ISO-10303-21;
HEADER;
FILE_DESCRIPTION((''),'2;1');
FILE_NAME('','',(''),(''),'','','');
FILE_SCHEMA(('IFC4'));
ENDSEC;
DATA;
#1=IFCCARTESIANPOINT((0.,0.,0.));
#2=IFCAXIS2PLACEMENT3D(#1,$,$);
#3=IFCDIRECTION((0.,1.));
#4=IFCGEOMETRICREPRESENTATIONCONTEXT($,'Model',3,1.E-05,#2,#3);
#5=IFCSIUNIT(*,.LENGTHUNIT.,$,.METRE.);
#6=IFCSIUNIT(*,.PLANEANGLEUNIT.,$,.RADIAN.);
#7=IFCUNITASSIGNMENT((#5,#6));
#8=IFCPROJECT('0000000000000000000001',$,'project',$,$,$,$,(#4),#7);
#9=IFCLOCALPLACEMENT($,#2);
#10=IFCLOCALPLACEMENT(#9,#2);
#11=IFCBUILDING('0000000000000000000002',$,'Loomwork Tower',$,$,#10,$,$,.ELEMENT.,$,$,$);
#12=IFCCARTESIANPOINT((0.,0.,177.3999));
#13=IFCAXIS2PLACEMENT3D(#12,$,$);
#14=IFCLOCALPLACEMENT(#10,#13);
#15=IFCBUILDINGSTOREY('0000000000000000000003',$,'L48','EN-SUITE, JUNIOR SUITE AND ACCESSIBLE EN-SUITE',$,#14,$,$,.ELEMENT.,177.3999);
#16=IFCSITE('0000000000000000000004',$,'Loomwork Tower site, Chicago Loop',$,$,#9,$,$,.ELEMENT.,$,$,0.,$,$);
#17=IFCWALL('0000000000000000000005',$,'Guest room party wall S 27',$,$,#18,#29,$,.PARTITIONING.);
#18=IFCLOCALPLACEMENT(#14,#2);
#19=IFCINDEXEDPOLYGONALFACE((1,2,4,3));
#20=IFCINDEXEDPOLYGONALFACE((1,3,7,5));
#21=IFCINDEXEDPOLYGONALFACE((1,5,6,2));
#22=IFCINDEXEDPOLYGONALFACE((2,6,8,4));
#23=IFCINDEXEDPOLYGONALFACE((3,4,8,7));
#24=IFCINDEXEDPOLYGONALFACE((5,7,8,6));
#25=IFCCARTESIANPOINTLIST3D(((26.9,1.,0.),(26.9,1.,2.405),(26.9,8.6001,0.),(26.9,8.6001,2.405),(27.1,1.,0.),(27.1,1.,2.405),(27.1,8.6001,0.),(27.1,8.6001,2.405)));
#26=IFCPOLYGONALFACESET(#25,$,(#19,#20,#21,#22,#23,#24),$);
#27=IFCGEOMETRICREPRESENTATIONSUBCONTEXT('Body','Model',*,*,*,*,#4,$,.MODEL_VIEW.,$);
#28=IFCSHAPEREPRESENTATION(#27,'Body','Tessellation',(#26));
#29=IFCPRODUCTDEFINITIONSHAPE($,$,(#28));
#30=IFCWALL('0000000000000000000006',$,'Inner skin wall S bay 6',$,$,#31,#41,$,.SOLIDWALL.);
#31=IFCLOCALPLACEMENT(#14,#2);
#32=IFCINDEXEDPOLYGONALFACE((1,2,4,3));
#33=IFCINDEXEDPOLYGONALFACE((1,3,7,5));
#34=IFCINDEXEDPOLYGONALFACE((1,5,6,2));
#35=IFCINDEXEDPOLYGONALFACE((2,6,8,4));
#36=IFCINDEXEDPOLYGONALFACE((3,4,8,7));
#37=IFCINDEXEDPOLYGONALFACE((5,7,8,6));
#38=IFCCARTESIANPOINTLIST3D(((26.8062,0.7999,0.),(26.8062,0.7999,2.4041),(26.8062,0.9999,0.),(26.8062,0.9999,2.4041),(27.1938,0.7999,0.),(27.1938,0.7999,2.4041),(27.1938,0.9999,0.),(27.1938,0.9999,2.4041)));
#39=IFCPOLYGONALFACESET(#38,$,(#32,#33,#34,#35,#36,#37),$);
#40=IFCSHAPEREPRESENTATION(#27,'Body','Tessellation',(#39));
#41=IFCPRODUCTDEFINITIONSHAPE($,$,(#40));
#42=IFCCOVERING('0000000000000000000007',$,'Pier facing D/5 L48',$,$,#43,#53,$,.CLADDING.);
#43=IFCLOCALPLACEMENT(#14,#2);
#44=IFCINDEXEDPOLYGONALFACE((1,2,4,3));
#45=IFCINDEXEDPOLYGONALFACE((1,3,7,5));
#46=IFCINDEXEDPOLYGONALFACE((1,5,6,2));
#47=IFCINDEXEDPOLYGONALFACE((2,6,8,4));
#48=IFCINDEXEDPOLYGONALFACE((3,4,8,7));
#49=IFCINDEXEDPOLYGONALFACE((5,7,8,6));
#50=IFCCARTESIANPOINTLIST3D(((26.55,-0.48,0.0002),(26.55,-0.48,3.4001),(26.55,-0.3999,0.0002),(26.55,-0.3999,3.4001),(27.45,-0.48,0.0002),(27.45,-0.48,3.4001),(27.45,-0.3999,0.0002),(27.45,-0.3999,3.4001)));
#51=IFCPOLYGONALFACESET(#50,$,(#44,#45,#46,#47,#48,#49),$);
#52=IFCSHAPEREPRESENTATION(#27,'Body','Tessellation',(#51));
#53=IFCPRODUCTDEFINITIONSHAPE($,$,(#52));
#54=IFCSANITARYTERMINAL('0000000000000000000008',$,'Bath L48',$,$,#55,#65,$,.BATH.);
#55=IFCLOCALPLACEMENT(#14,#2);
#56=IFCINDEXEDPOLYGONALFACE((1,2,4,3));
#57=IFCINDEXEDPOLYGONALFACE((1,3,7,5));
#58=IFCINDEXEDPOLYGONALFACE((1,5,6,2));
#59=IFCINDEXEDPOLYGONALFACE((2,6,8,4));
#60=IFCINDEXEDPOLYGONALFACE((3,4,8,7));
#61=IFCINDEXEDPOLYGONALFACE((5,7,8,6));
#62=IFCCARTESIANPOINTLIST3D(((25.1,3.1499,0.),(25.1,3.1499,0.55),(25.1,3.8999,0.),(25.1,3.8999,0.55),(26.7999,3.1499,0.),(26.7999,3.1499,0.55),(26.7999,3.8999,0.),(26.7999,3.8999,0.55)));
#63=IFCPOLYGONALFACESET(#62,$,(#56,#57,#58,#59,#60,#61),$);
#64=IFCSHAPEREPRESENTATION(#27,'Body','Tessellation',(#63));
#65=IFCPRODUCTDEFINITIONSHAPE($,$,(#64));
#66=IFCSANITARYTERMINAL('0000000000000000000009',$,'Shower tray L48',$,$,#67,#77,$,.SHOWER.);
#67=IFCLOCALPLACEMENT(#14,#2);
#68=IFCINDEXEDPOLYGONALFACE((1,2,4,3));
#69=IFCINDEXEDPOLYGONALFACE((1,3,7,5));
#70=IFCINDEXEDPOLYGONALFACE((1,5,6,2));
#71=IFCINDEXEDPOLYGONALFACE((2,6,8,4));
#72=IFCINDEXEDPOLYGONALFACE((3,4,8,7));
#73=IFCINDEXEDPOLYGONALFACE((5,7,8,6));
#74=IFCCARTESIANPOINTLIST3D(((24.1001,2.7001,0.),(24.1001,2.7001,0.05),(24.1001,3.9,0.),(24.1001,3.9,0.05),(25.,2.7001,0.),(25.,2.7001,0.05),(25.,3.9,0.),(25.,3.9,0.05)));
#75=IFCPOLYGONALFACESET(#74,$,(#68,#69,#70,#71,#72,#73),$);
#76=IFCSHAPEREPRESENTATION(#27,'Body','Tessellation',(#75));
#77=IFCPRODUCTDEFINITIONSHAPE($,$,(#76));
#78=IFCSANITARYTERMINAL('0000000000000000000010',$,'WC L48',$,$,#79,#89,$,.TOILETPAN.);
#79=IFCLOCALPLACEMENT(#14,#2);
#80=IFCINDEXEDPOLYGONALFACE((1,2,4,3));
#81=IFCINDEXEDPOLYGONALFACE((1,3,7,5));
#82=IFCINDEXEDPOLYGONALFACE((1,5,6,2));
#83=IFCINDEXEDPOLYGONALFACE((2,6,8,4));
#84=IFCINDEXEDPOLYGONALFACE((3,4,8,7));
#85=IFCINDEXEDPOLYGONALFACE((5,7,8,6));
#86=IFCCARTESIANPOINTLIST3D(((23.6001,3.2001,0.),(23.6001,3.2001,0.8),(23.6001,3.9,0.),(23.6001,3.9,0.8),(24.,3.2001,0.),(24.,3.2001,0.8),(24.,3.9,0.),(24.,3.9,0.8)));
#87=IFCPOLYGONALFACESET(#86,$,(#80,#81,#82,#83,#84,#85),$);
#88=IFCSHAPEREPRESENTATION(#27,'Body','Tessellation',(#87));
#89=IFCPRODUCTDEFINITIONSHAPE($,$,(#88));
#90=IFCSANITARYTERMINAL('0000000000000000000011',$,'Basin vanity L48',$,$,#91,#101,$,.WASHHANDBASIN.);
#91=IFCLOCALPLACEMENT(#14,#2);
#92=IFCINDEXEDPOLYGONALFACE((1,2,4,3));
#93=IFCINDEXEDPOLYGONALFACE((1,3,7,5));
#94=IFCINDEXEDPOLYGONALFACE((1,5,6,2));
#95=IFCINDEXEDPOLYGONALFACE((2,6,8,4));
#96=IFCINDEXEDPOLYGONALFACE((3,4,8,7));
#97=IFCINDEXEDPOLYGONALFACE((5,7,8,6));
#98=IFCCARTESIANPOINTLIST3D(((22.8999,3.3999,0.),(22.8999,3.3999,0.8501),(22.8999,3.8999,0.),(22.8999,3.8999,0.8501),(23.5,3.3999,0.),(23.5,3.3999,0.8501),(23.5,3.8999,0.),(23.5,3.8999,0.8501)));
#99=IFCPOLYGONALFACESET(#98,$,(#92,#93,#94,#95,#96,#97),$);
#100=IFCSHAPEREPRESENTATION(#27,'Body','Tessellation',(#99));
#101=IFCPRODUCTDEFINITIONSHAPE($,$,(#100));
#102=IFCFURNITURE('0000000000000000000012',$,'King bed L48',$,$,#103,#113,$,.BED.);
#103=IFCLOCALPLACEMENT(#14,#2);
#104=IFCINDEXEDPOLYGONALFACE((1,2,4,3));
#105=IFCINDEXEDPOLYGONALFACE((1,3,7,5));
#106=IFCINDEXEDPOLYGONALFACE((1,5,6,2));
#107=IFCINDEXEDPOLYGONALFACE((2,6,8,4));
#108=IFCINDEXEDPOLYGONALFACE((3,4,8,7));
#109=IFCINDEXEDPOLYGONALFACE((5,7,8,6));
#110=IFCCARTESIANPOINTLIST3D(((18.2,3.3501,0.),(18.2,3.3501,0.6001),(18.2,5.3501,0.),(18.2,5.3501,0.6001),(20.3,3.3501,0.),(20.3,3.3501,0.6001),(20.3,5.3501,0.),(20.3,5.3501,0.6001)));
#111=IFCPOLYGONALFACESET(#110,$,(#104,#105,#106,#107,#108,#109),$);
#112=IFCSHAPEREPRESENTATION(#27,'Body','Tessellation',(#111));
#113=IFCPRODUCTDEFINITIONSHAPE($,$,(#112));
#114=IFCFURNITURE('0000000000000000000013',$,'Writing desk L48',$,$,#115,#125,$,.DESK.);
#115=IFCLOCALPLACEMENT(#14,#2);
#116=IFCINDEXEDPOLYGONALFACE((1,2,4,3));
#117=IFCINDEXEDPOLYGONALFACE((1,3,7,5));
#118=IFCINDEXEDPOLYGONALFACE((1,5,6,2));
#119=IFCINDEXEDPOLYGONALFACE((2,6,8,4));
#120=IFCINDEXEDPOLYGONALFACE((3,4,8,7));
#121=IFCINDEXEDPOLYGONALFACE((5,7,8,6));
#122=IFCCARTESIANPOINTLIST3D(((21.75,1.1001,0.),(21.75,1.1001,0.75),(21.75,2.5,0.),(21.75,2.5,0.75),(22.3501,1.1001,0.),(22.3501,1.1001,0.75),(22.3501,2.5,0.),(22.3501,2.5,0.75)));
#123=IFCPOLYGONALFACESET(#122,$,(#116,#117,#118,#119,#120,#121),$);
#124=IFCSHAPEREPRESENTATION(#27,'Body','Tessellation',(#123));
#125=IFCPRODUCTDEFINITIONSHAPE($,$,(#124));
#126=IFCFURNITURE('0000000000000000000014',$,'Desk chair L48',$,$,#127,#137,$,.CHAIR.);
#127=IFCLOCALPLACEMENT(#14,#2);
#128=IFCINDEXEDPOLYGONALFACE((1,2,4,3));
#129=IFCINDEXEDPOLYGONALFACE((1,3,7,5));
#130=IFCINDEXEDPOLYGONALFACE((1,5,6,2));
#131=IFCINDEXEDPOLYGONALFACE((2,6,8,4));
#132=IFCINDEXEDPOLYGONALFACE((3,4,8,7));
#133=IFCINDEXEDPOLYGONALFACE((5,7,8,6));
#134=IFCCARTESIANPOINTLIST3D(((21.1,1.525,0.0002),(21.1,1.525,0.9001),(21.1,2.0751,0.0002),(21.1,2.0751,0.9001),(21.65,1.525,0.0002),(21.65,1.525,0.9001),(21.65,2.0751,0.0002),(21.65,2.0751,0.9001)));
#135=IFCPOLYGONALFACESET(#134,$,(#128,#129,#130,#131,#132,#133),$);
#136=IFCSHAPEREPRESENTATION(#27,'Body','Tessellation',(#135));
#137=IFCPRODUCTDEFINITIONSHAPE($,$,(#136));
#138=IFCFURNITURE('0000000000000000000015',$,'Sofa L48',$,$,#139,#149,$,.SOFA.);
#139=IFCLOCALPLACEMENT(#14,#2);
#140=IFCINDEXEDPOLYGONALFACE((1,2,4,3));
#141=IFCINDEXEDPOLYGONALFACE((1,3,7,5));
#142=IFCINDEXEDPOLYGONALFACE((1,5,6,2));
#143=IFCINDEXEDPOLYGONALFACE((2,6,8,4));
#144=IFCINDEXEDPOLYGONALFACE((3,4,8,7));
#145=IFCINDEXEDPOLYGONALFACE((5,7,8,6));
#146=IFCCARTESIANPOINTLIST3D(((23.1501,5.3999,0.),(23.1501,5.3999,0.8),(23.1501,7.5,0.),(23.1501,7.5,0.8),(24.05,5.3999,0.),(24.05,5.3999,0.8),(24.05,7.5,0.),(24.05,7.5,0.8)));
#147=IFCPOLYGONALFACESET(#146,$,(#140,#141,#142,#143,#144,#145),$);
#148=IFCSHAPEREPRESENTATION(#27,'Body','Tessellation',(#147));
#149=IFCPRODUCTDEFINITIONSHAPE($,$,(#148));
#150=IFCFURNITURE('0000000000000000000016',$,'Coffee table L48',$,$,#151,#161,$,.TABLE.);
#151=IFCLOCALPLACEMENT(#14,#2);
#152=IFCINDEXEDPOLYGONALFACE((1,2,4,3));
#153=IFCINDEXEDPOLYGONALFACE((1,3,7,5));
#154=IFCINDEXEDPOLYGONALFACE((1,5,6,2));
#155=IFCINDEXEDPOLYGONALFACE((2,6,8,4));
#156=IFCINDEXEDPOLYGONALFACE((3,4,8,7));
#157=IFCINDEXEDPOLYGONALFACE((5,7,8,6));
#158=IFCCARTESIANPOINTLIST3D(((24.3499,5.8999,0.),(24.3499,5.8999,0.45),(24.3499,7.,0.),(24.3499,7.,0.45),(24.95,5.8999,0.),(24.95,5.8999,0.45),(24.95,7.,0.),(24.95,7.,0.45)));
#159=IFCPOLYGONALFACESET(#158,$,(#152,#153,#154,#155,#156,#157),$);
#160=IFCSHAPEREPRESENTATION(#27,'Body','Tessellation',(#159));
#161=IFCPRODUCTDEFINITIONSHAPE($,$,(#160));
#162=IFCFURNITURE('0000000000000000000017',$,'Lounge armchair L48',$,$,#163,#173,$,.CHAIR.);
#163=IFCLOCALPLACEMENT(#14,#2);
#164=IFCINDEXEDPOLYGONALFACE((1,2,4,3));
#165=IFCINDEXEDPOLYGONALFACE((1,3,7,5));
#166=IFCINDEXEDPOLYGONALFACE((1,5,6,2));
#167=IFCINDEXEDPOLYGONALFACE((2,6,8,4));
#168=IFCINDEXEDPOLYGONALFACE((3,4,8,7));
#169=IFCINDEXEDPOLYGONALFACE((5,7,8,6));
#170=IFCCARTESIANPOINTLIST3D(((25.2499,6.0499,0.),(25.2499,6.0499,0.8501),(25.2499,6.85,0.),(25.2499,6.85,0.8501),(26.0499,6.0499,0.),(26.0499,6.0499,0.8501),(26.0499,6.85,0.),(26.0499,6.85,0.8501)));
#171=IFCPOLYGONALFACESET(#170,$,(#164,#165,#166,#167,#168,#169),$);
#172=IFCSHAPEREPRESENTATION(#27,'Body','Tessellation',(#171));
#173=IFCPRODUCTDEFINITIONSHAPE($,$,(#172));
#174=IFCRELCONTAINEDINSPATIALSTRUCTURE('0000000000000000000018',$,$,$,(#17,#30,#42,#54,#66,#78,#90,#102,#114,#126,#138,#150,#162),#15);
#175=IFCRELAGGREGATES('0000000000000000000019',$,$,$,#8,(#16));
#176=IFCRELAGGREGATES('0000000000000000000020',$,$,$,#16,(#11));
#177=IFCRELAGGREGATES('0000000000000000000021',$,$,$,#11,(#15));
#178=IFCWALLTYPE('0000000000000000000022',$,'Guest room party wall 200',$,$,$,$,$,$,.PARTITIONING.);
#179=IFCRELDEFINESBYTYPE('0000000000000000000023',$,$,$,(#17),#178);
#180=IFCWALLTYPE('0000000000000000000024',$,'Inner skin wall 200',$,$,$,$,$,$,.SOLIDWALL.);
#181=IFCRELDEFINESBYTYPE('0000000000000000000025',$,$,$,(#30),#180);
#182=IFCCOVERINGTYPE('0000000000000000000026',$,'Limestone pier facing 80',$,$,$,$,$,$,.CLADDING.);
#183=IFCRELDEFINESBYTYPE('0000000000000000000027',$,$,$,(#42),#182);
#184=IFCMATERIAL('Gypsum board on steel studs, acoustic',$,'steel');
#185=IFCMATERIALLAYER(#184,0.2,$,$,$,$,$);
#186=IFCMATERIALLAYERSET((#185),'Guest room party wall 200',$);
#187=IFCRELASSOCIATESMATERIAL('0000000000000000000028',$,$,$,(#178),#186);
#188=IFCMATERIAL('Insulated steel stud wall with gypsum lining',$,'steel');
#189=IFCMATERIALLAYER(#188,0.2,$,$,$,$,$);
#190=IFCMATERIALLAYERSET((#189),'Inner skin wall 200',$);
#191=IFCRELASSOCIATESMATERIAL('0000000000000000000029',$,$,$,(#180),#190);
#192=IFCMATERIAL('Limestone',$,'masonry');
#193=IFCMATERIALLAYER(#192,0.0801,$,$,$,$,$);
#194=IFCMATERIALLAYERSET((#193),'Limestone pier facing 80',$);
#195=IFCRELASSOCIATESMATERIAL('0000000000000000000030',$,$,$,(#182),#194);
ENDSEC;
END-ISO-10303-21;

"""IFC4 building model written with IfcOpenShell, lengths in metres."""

from ifc_helpers import new_model, si_unit, direction, frame, frame_2d, origin, origin_2d, place, context, subcontext, project, spatial, rectangle, extrude, material, layer, layer_set, type_object, element, save


model = new_model("IFC4")

# Units and contexts
model_context = context("Model", 3, precision=1e-05, world=origin(), true_north=direction((0.0, 1.0)))
body_context = subcontext(model_context, "Body", "Model", "MODEL_VIEW")
ifc_project = project(units=[si_unit("LENGTHUNIT", "METRE"), si_unit("PLANEANGLEUNIT", "RADIAN")], contexts=[model_context])

# Site, building, storey
site_placement = place(None, origin())
site = spatial("IfcSite", under=ifc_project, at=site_placement, Name="Loomwork Tower site, Chicago Loop", CompositionType="ELEMENT", RefElevation=0.0)
building_placement = place(site_placement, origin())
building = spatial("IfcBuilding", under=site, at=building_placement, Name="Loomwork Tower", CompositionType="ELEMENT")
storey_placement = place(building_placement, frame((0.0, 0.0, 177.3999)))
storey = spatial("IfcBuildingStorey", under=building, at=storey_placement, Name="L48", Description="EN-SUITE, JUNIOR SUITE AND ACCESSIBLE EN-SUITE", CompositionType="ELEMENT", Elevation=177.3999)

# Walls
ifc_material_1 = material(Name="Gypsum board on steel studs, acoustic", Category="steel")
ifc_layer_1 = layer(ifc_material_1, 0.2)
ifc_layer_set_1 = layer_set([ifc_layer_1], Name="Guest room party wall 200")
wall_type_1 = type_object("IfcWallType", Name="Guest room party wall 200", PredefinedType="PARTITIONING", material=ifc_layer_set_1)
wall_1_placement = place(storey_placement, frame((27.0, 8.6001, 0.0), z_axis=(0.0, 0.0, 1.0), x_axis=(0.0, -1.0, 0.0)))
element("IfcWall", 1, at=wall_1_placement, inside=storey, type_object=wall_type_1, Name="Guest room party wall S 27", PredefinedType="PARTITIONING", context=body_context, shape_type="SweptSolid", body=[
    extrude(rectangle(XDim=7.6001, YDim=0.2, at=frame_2d((3.8, 0.0))), origin(), (0.0, 0.0, 1.0), 2.405),
])
ifc_material_2 = material(Name="Insulated steel stud wall with gypsum lining", Category="steel")
ifc_layer_2 = layer(ifc_material_2, 0.2)
ifc_layer_set_2 = layer_set([ifc_layer_2], Name="Inner skin wall 200")
wall_type_2 = type_object("IfcWallType", Name="Inner skin wall 200", PredefinedType="SOLIDWALL", material=ifc_layer_set_2)
wall_2_placement = place(storey_placement, frame((26.8062, 0.8999, 0.0), z_axis=(0.0, 0.0, 1.0), x_axis=(1.0, 0.0, 0.0)))
element("IfcWall", 2, at=wall_2_placement, inside=storey, type_object=wall_type_2, Name="Inner skin wall S bay 6", PredefinedType="SOLIDWALL", context=body_context, shape_type="SweptSolid", body=[
    extrude(rectangle(XDim=0.3877, YDim=0.2, at=frame_2d((0.1938, 0.0))), origin(), (0.0, 0.0, 1.0), 2.4041),
])

# Covering
ifc_material_3 = material(Name="Limestone", Category="masonry")
ifc_layer_3 = layer(ifc_material_3, 0.0801)
ifc_layer_set_3 = layer_set([ifc_layer_3], Name="Limestone pier facing 80")
covering_type = type_object("IfcCoveringType", Name="Limestone pier facing 80", PredefinedType="CLADDING", material=ifc_layer_set_3)
covering_placement = place(storey_placement, frame((27.0, -0.4399, 0.0002), z_axis=(0.0, 0.0, 1.0), x_axis=(1.0, 0.0, 0.0)))
element("IfcCovering", 3, at=covering_placement, inside=storey, type_object=covering_type, Name="Pier facing D/5 L48", PredefinedType="CLADDING", context=body_context, shape_type="SweptSolid", body=[
    extrude(rectangle(XDim=0.8999, YDim=0.0801, at=origin_2d()), origin(), (0.0, 0.0, 1.0), 3.3999),
])

# Sanitary terminals
sanitary_terminal_1_placement = place(storey_placement, frame((25.95, 3.5249, 0.0), z_axis=(0.0, 0.0, 1.0), x_axis=(1.0, 0.0, 0.0)))
element("IfcSanitaryTerminal", 4, at=sanitary_terminal_1_placement, inside=storey, Name="Bath L48", PredefinedType="BATH", context=body_context, shape_type="SweptSolid", body=[
    extrude(rectangle(XDim=1.7, YDim=0.75, at=origin_2d()), origin(), (0.0, 0.0, 1.0), 0.55),
])
sanitary_terminal_2_placement = place(storey_placement, frame((24.55, 3.3, 0.0), z_axis=(0.0, 0.0, 1.0), x_axis=(1.0, 0.0, 0.0)))
element("IfcSanitaryTerminal", 5, at=sanitary_terminal_2_placement, inside=storey, Name="Shower tray L48", PredefinedType="SHOWER", context=body_context, shape_type="SweptSolid", body=[
    extrude(rectangle(XDim=0.8999, YDim=1.2, at=origin_2d()), origin(), (0.0, 0.0, 1.0), 0.05),
])
sanitary_terminal_3_placement = place(storey_placement, frame((23.8, 3.55, 0.0), z_axis=(0.0, 0.0, 1.0), x_axis=(1.0, 0.0, 0.0)))
element("IfcSanitaryTerminal", 6, at=sanitary_terminal_3_placement, inside=storey, Name="WC L48", PredefinedType="TOILETPAN", context=body_context, shape_type="SweptSolid", body=[
    extrude(rectangle(XDim=0.3999, YDim=0.7, at=origin_2d()), origin(), (0.0, 0.0, 1.0), 0.8),
])
sanitary_terminal_4_placement = place(storey_placement, frame((23.2, 3.6499, 0.0), z_axis=(0.0, 0.0, 1.0), x_axis=(1.0, 0.0, 0.0)))
element("IfcSanitaryTerminal", 7, at=sanitary_terminal_4_placement, inside=storey, Name="Basin vanity L48", PredefinedType="WASHHANDBASIN", context=body_context, shape_type="SweptSolid", body=[
    extrude(rectangle(XDim=0.6001, YDim=0.5, at=origin_2d()), origin(), (0.0, 0.0, 1.0), 0.8501),
])

# Furniture
furniture_1_placement = place(storey_placement, frame((19.25, 4.3501, 0.0), z_axis=(0.0, 0.0, 1.0), x_axis=(1.0, 0.0, 0.0)))
element("IfcFurniture", 8, at=furniture_1_placement, inside=storey, Name="King bed L48", PredefinedType="BED", context=body_context, shape_type="SweptSolid", body=[
    extrude(rectangle(XDim=2.1001, YDim=2.0, at=origin_2d()), origin(), (0.0, 0.0, 1.0), 0.6001),
])
furniture_2_placement = place(storey_placement, frame((22.05, 1.8, 0.0), z_axis=(0.0, 0.0, 1.0), x_axis=(1.0, 0.0, 0.0)))
element("IfcFurniture", 9, at=furniture_2_placement, inside=storey, Name="Writing desk L48", PredefinedType="DESK", context=body_context, shape_type="SweptSolid", body=[
    extrude(rectangle(XDim=0.6001, YDim=1.3999, at=origin_2d()), origin(), (0.0, 0.0, 1.0), 0.75),
])
furniture_3_placement = place(storey_placement, frame((21.375, 1.8, 0.0002), z_axis=(0.0, 0.0, 1.0), x_axis=(1.0, 0.0, 0.0)))
element("IfcFurniture", 10, at=furniture_3_placement, inside=storey, Name="Desk chair L48", PredefinedType="CHAIR", context=body_context, shape_type="SweptSolid", body=[
    extrude(rectangle(XDim=0.55, YDim=0.55, at=origin_2d()), origin(), (0.0, 0.0, 1.0), 0.8999),
])
furniture_4_placement = place(storey_placement, frame((23.6001, 6.45, 0.0), z_axis=(0.0, 0.0, 1.0), x_axis=(1.0, 0.0, 0.0)))
element("IfcFurniture", 11, at=furniture_4_placement, inside=storey, Name="Sofa L48", PredefinedType="SOFA", context=body_context, shape_type="SweptSolid", body=[
    extrude(rectangle(XDim=0.8999, YDim=2.1001, at=origin_2d()), origin(), (0.0, 0.0, 1.0), 0.8),
])
furniture_5_placement = place(storey_placement, frame((24.6499, 6.45, 0.0), z_axis=(0.0, 0.0, 1.0), x_axis=(1.0, 0.0, 0.0)))
element("IfcFurniture", 12, at=furniture_5_placement, inside=storey, Name="Coffee table L48", PredefinedType="TABLE", context=body_context, shape_type="SweptSolid", body=[
    extrude(rectangle(XDim=0.6001, YDim=1.1001, at=origin_2d()), origin(), (0.0, 0.0, 1.0), 0.45),
])
furniture_6_placement = place(storey_placement, frame((25.6499, 6.45, 0.0), z_axis=(0.0, 0.0, 1.0), x_axis=(1.0, 0.0, 0.0)))
element("IfcFurniture", 13, at=furniture_6_placement, inside=storey, Name="Lounge armchair L48", PredefinedType="CHAIR", context=body_context, shape_type="SweptSolid", body=[
    extrude(rectangle(XDim=0.8, YDim=0.8, at=origin_2d()), origin(), (0.0, 0.0, 1.0), 0.8501),
])

save(model, "model.ifc")
